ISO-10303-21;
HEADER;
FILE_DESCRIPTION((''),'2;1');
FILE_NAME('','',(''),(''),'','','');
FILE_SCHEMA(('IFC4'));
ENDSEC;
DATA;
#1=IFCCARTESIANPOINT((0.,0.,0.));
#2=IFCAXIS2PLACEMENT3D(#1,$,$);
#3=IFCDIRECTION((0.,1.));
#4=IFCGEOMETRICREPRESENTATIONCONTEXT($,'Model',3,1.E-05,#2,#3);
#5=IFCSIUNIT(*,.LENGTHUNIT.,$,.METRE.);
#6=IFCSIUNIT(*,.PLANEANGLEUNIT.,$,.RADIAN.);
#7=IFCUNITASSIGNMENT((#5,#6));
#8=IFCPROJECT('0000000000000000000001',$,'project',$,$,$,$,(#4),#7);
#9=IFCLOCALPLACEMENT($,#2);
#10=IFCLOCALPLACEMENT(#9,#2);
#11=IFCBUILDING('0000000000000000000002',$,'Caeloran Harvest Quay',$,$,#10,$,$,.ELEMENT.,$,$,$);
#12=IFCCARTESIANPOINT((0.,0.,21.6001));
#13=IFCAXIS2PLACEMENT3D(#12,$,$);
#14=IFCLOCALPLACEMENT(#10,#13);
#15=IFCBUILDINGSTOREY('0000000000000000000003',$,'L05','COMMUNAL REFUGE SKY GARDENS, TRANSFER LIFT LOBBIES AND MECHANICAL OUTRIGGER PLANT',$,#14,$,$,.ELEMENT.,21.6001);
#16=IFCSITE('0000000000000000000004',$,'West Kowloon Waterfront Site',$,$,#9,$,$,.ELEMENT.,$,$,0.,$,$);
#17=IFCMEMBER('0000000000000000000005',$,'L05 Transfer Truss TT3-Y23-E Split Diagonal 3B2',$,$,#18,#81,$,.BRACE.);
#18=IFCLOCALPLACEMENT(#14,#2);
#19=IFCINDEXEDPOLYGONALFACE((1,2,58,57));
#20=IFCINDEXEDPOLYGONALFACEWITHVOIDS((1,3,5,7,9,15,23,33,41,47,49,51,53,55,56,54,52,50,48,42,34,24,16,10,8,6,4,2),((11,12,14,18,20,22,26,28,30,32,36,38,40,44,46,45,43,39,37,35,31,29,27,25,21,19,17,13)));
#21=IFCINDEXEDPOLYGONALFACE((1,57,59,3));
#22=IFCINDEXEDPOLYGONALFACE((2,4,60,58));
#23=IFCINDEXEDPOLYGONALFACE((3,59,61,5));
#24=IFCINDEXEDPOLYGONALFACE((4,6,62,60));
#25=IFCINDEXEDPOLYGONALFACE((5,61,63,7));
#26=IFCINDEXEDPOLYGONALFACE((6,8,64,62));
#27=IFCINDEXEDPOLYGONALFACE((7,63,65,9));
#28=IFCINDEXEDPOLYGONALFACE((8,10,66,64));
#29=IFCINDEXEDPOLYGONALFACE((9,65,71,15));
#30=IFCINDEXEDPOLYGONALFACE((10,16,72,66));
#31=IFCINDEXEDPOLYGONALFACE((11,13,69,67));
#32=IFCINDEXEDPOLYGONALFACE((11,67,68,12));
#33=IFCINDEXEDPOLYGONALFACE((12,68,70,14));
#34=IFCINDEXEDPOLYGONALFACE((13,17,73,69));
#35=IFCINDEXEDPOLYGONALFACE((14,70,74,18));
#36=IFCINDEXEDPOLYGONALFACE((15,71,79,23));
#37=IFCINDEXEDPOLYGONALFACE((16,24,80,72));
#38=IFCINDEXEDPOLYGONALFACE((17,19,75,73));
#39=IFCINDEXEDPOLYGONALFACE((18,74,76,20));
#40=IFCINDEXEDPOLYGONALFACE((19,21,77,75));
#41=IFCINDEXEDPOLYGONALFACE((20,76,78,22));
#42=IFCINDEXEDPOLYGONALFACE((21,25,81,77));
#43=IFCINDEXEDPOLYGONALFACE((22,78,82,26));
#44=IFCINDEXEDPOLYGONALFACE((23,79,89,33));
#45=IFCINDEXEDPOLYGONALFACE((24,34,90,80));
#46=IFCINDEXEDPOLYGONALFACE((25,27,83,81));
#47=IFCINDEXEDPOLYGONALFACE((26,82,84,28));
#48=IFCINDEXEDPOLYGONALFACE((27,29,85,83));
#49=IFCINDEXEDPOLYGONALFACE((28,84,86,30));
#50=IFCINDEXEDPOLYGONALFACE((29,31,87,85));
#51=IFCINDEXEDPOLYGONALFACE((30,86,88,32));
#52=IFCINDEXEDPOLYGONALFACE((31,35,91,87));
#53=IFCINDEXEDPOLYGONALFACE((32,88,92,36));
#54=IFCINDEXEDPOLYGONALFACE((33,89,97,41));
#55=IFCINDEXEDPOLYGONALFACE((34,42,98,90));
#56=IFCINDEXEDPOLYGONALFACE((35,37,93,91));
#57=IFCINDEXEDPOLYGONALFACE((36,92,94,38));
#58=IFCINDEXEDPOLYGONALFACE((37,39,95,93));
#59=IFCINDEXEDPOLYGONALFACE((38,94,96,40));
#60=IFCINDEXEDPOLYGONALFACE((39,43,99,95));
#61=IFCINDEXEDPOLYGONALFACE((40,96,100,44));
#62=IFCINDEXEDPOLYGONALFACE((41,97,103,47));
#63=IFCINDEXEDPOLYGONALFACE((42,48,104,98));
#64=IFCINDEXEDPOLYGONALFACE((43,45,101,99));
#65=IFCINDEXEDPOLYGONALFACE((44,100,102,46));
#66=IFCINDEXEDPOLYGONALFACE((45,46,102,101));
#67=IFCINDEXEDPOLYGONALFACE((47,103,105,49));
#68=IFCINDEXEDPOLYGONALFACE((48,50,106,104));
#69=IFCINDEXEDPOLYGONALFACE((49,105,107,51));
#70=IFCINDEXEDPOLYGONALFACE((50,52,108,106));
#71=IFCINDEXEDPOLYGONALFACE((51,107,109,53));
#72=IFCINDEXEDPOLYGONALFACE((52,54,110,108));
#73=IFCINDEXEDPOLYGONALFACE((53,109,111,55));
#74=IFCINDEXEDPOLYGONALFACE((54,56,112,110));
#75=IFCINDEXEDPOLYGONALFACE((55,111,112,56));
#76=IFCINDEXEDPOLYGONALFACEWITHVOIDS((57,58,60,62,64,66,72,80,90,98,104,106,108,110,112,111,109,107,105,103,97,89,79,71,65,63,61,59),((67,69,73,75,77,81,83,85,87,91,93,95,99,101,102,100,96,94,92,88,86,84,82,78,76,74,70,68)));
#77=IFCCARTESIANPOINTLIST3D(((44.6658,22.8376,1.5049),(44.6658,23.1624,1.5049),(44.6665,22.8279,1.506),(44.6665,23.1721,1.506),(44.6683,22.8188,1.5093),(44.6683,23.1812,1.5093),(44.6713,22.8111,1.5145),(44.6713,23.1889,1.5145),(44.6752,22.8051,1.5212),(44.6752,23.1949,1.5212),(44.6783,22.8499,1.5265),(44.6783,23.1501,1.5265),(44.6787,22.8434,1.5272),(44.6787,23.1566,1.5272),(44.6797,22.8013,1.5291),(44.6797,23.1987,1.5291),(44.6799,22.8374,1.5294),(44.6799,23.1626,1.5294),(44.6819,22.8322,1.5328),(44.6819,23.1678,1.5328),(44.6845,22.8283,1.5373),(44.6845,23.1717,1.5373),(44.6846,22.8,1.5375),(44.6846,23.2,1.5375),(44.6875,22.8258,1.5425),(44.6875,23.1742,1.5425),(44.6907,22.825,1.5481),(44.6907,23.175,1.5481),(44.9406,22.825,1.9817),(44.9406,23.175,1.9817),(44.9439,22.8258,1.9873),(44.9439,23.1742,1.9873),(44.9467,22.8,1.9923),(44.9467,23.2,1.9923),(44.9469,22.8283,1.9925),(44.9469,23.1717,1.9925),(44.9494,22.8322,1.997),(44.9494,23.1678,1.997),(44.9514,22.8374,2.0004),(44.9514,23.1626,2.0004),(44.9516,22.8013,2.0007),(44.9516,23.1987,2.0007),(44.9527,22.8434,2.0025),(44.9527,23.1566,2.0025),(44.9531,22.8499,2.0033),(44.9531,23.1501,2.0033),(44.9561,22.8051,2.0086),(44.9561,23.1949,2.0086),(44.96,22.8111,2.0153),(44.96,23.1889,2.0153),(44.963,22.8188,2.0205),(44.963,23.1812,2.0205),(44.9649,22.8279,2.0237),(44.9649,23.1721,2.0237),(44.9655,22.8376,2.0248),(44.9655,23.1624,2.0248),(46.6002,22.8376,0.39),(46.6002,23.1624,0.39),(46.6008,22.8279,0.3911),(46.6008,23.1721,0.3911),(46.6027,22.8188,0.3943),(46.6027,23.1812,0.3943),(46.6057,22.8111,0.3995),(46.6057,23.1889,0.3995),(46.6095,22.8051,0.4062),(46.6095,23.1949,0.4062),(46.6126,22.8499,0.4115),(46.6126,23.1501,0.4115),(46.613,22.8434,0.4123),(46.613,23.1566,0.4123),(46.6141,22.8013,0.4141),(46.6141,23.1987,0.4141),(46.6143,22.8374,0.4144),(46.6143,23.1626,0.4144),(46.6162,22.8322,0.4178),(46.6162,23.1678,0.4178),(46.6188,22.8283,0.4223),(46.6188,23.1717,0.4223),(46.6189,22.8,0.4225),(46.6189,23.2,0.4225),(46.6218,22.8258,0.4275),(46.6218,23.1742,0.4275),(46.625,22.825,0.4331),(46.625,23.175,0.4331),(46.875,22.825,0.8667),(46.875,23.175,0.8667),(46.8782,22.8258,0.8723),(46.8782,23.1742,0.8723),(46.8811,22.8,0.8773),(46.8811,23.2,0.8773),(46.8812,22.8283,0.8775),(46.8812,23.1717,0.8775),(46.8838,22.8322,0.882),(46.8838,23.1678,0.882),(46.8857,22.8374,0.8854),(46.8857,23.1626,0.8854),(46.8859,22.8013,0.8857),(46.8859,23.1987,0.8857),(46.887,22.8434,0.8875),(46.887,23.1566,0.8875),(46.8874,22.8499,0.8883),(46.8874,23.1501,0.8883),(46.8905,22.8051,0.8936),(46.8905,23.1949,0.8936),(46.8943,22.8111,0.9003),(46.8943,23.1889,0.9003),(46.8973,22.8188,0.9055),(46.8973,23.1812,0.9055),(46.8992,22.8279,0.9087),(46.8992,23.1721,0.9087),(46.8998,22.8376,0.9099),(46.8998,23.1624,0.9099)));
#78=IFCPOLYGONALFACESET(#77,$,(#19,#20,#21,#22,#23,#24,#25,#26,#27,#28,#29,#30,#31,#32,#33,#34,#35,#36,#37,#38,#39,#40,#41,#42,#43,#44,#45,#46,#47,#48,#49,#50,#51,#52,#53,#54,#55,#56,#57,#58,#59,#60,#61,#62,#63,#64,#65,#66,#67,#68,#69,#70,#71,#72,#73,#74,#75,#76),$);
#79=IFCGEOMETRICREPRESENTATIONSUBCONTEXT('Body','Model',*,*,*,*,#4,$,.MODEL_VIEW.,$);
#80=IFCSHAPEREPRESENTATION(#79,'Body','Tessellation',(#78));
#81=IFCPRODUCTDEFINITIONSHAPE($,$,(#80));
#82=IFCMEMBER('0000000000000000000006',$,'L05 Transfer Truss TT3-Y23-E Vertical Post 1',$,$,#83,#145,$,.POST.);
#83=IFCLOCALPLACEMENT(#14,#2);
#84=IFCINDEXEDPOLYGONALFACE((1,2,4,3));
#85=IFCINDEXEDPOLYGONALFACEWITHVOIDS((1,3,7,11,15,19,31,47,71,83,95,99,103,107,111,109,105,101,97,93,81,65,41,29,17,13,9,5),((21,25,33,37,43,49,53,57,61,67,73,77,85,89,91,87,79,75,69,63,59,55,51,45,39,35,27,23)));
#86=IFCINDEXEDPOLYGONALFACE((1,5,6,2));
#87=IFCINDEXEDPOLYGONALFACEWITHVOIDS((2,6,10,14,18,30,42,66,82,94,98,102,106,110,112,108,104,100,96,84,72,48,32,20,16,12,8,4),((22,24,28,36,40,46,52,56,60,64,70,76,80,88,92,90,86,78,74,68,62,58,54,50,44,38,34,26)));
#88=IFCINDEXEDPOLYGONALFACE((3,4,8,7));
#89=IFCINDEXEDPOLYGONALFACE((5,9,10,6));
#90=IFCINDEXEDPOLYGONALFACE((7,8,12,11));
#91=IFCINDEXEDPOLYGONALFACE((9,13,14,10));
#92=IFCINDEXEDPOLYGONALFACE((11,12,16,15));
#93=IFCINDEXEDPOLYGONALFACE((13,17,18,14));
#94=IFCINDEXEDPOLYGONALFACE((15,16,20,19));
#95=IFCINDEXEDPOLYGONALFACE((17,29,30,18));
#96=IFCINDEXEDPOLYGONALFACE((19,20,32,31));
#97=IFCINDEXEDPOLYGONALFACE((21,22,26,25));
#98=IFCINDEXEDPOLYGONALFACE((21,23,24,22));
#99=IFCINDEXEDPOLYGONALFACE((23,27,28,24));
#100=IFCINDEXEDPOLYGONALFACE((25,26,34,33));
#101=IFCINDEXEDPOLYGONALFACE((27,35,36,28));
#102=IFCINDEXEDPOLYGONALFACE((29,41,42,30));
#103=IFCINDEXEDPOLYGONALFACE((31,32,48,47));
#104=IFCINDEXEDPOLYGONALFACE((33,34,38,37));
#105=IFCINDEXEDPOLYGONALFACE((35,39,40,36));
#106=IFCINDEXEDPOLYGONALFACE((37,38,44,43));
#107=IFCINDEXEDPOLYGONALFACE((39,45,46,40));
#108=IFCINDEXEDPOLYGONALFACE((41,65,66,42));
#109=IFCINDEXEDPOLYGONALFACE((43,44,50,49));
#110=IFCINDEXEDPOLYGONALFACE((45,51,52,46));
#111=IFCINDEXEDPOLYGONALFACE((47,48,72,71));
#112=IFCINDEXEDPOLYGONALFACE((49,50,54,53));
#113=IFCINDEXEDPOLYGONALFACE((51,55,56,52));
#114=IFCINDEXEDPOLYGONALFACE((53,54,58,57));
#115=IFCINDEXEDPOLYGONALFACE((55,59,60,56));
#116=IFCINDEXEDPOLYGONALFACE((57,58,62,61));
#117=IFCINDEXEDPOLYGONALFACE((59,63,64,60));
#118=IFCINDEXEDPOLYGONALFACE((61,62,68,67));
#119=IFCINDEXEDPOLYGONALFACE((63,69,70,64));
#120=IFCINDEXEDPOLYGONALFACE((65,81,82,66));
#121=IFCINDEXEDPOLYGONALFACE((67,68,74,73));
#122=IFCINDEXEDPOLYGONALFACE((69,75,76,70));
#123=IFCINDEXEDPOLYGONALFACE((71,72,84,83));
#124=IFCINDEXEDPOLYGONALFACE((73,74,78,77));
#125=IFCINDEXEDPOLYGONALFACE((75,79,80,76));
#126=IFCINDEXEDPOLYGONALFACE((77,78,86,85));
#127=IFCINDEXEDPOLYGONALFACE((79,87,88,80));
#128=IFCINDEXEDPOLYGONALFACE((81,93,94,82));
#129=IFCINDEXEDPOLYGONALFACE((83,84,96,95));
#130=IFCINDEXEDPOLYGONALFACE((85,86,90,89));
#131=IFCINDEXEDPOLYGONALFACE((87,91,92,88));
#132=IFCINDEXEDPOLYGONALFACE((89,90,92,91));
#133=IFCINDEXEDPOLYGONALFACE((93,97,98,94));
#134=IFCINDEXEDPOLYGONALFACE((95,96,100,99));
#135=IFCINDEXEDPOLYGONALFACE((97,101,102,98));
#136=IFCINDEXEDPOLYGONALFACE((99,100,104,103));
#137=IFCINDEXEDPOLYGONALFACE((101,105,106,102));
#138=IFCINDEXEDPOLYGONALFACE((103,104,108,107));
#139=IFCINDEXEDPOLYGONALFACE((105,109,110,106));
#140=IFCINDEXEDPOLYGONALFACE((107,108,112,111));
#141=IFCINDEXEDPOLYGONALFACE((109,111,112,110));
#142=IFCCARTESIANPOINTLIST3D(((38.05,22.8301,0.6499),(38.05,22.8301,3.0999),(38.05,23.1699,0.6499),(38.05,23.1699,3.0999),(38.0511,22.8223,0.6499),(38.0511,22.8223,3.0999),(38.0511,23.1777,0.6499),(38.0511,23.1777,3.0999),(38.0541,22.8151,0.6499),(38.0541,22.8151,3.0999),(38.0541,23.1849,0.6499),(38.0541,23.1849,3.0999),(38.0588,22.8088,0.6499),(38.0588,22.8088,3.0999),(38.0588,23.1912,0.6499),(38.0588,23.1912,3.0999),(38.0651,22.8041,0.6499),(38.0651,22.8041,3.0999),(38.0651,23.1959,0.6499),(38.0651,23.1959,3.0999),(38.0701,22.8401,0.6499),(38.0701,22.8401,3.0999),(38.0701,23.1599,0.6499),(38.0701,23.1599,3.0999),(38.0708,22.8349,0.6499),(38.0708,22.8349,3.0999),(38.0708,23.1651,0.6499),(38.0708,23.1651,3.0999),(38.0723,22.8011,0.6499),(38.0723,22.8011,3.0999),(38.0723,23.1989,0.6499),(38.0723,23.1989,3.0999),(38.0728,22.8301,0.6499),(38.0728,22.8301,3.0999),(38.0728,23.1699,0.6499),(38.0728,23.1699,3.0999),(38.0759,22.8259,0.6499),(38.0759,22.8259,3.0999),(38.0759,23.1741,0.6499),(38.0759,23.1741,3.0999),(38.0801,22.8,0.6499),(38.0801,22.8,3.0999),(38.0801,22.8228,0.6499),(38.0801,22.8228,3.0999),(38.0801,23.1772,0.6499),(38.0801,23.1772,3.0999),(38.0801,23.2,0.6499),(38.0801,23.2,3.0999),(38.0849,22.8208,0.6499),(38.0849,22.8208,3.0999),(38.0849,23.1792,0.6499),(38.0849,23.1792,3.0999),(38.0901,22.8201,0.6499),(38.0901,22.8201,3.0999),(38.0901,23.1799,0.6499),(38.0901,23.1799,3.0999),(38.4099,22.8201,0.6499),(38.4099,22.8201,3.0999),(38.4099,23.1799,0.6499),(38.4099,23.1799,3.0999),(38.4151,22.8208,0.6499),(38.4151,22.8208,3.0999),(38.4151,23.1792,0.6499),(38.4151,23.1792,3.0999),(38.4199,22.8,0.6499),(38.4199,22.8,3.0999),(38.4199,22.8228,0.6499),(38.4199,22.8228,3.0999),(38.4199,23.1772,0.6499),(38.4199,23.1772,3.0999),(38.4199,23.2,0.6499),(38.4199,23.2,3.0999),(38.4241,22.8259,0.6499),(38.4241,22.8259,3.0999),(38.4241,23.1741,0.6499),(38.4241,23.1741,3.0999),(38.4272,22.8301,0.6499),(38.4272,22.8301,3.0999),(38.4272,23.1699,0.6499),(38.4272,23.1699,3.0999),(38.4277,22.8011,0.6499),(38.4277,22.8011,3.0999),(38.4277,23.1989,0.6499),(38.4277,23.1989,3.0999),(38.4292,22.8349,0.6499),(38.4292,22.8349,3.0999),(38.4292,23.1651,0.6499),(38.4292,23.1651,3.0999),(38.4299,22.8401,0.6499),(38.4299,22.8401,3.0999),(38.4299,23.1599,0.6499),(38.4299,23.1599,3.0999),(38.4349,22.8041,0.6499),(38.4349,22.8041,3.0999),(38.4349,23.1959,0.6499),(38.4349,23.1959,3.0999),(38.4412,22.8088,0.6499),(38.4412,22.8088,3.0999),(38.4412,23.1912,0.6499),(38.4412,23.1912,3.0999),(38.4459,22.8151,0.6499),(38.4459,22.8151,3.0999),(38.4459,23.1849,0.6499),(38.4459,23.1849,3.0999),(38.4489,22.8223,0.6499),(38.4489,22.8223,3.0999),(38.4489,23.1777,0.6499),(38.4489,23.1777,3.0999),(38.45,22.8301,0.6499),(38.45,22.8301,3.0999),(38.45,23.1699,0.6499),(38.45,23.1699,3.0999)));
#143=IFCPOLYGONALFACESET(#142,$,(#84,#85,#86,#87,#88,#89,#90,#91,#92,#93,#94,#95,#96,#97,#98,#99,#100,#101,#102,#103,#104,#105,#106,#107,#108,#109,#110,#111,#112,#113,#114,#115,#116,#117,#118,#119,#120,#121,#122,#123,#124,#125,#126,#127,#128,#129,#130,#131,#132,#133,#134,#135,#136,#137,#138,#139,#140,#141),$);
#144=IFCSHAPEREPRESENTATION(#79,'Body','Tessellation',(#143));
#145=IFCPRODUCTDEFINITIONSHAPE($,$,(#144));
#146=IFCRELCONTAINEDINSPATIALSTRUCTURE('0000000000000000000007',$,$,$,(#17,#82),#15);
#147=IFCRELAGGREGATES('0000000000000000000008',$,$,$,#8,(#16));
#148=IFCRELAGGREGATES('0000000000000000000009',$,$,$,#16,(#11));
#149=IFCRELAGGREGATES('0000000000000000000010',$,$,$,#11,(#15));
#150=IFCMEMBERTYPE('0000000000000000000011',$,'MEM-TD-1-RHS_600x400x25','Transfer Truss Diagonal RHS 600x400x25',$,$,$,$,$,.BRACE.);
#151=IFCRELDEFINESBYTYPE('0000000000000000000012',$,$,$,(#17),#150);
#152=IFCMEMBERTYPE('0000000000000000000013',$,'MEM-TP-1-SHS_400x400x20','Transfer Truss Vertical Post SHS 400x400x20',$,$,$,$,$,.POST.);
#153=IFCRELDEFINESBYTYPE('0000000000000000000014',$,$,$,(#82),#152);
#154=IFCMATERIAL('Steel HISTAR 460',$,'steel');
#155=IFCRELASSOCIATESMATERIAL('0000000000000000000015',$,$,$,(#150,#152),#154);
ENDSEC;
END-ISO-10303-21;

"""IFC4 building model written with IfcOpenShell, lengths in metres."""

from ifc_helpers import new_model, si_unit, direction, frame, origin, origin_2d, place, context, subcontext, project, spatial, hollow_rectangle, extrude, material, material_profile, profile_set, type_object, element, save


model = new_model("IFC4")

# Units and contexts
model_context = context("Model", 3, precision=1e-05, world=origin(), true_north=direction((0.0, 1.0)))
body_context = subcontext(model_context, "Body", "Model", "MODEL_VIEW")
ifc_project = project(units=[si_unit("LENGTHUNIT", "METRE"), si_unit("PLANEANGLEUNIT", "RADIAN")], contexts=[model_context])

# Site, building, storey
site_placement = place(None, origin())
site = spatial("IfcSite", under=ifc_project, at=site_placement, Name="West Kowloon Waterfront Site", CompositionType="ELEMENT", RefElevation=0.0)
building_placement = place(site_placement, origin())
building = spatial("IfcBuilding", under=site, at=building_placement, Name="Caeloran Harvest Quay", CompositionType="ELEMENT")
storey_placement = place(building_placement, frame((0.0, 0.0, 21.6001)))
storey = spatial("IfcBuildingStorey", under=building, at=storey_placement, Name="L05", Description="COMMUNAL REFUGE SKY GARDENS, TRANSFER LIFT LOBBIES AND MECHANICAL OUTRIGGER PLANT", CompositionType="ELEMENT", Elevation=21.6001)

# Shared definitions
ifc_material_1 = material(Name="Steel HISTAR 460", Category="steel")

# Members
ifc_material_profile_1 = material_profile(ifc_material_1, hollow_rectangle(XDim=0.3999, YDim=0.6001, WallThickness=0.0249, InnerFilletRadius=0.0249, OuterFilletRadius=0.0376, at=origin_2d()), Name="RHS 600x400x25")
ifc_profile_set_1 = profile_set([ifc_material_profile_1], Name="Steel HISTAR 460")
member_type_1 = type_object("IfcMemberType", Name="MEM-TD-1-RHS_600x400x25", Description="Transfer Truss Diagonal RHS 600x400x25", PredefinedType="BRACE", material=ifc_profile_set_1)
for number, where, z_axis, x_axis, name in (
    (1, (44.8157, 23.0, 1.7649), (0.866373, 0.0, -0.499397), (0.0, 1.0, 0.0), "L05 Transfer Truss TT3-Y23-E Split Diagonal 3B2"),
):
    element("IfcMember", number, at=place(storey_placement, frame(where, z_axis=z_axis, x_axis=x_axis)), inside=storey, type_object=member_type_1, Name=name, PredefinedType="BRACE", context=body_context, shape_type="SweptSolid", body=[
        extrude(hollow_rectangle(XDim=0.3999, YDim=0.6001, WallThickness=0.0249, InnerFilletRadius=0.0249, OuterFilletRadius=0.0376, at=origin_2d()), origin(), (0.0, 0.0, 1.0), 2.2327),
    ])
ifc_material_profile_2 = material_profile(ifc_material_1, hollow_rectangle(XDim=0.3999, YDim=0.3999, WallThickness=0.02, InnerFilletRadius=0.02, OuterFilletRadius=0.03, at=origin_2d()), Name="SHS 400x400x20")
ifc_profile_set_2 = profile_set([ifc_material_profile_2], Name="Steel HISTAR 460")
member_type_2 = type_object("IfcMemberType", Name="MEM-TP-1-SHS_400x400x20", Description="Transfer Truss Vertical Post SHS 400x400x20", PredefinedType="POST", material=ifc_profile_set_2)
for number, where, z_axis, x_axis, name in (
    (2, (38.25, 23.0, 0.6499), (0.0, 0.0, 1.0), (1.0, 0.0, 0.0), "L05 Transfer Truss TT3-Y23-E Vertical Post 1"),
):
    element("IfcMember", number, at=place(storey_placement, frame(where, z_axis=z_axis, x_axis=x_axis)), inside=storey, type_object=member_type_2, Name=name, PredefinedType="POST", context=body_context, shape_type="SweptSolid", body=[
        extrude(hollow_rectangle(XDim=0.3999, YDim=0.3999, WallThickness=0.02, InnerFilletRadius=0.02, OuterFilletRadius=0.03, at=origin_2d()), origin(), (0.0, 0.0, 1.0), 2.45),
    ])

save(model, "model.ifc")
